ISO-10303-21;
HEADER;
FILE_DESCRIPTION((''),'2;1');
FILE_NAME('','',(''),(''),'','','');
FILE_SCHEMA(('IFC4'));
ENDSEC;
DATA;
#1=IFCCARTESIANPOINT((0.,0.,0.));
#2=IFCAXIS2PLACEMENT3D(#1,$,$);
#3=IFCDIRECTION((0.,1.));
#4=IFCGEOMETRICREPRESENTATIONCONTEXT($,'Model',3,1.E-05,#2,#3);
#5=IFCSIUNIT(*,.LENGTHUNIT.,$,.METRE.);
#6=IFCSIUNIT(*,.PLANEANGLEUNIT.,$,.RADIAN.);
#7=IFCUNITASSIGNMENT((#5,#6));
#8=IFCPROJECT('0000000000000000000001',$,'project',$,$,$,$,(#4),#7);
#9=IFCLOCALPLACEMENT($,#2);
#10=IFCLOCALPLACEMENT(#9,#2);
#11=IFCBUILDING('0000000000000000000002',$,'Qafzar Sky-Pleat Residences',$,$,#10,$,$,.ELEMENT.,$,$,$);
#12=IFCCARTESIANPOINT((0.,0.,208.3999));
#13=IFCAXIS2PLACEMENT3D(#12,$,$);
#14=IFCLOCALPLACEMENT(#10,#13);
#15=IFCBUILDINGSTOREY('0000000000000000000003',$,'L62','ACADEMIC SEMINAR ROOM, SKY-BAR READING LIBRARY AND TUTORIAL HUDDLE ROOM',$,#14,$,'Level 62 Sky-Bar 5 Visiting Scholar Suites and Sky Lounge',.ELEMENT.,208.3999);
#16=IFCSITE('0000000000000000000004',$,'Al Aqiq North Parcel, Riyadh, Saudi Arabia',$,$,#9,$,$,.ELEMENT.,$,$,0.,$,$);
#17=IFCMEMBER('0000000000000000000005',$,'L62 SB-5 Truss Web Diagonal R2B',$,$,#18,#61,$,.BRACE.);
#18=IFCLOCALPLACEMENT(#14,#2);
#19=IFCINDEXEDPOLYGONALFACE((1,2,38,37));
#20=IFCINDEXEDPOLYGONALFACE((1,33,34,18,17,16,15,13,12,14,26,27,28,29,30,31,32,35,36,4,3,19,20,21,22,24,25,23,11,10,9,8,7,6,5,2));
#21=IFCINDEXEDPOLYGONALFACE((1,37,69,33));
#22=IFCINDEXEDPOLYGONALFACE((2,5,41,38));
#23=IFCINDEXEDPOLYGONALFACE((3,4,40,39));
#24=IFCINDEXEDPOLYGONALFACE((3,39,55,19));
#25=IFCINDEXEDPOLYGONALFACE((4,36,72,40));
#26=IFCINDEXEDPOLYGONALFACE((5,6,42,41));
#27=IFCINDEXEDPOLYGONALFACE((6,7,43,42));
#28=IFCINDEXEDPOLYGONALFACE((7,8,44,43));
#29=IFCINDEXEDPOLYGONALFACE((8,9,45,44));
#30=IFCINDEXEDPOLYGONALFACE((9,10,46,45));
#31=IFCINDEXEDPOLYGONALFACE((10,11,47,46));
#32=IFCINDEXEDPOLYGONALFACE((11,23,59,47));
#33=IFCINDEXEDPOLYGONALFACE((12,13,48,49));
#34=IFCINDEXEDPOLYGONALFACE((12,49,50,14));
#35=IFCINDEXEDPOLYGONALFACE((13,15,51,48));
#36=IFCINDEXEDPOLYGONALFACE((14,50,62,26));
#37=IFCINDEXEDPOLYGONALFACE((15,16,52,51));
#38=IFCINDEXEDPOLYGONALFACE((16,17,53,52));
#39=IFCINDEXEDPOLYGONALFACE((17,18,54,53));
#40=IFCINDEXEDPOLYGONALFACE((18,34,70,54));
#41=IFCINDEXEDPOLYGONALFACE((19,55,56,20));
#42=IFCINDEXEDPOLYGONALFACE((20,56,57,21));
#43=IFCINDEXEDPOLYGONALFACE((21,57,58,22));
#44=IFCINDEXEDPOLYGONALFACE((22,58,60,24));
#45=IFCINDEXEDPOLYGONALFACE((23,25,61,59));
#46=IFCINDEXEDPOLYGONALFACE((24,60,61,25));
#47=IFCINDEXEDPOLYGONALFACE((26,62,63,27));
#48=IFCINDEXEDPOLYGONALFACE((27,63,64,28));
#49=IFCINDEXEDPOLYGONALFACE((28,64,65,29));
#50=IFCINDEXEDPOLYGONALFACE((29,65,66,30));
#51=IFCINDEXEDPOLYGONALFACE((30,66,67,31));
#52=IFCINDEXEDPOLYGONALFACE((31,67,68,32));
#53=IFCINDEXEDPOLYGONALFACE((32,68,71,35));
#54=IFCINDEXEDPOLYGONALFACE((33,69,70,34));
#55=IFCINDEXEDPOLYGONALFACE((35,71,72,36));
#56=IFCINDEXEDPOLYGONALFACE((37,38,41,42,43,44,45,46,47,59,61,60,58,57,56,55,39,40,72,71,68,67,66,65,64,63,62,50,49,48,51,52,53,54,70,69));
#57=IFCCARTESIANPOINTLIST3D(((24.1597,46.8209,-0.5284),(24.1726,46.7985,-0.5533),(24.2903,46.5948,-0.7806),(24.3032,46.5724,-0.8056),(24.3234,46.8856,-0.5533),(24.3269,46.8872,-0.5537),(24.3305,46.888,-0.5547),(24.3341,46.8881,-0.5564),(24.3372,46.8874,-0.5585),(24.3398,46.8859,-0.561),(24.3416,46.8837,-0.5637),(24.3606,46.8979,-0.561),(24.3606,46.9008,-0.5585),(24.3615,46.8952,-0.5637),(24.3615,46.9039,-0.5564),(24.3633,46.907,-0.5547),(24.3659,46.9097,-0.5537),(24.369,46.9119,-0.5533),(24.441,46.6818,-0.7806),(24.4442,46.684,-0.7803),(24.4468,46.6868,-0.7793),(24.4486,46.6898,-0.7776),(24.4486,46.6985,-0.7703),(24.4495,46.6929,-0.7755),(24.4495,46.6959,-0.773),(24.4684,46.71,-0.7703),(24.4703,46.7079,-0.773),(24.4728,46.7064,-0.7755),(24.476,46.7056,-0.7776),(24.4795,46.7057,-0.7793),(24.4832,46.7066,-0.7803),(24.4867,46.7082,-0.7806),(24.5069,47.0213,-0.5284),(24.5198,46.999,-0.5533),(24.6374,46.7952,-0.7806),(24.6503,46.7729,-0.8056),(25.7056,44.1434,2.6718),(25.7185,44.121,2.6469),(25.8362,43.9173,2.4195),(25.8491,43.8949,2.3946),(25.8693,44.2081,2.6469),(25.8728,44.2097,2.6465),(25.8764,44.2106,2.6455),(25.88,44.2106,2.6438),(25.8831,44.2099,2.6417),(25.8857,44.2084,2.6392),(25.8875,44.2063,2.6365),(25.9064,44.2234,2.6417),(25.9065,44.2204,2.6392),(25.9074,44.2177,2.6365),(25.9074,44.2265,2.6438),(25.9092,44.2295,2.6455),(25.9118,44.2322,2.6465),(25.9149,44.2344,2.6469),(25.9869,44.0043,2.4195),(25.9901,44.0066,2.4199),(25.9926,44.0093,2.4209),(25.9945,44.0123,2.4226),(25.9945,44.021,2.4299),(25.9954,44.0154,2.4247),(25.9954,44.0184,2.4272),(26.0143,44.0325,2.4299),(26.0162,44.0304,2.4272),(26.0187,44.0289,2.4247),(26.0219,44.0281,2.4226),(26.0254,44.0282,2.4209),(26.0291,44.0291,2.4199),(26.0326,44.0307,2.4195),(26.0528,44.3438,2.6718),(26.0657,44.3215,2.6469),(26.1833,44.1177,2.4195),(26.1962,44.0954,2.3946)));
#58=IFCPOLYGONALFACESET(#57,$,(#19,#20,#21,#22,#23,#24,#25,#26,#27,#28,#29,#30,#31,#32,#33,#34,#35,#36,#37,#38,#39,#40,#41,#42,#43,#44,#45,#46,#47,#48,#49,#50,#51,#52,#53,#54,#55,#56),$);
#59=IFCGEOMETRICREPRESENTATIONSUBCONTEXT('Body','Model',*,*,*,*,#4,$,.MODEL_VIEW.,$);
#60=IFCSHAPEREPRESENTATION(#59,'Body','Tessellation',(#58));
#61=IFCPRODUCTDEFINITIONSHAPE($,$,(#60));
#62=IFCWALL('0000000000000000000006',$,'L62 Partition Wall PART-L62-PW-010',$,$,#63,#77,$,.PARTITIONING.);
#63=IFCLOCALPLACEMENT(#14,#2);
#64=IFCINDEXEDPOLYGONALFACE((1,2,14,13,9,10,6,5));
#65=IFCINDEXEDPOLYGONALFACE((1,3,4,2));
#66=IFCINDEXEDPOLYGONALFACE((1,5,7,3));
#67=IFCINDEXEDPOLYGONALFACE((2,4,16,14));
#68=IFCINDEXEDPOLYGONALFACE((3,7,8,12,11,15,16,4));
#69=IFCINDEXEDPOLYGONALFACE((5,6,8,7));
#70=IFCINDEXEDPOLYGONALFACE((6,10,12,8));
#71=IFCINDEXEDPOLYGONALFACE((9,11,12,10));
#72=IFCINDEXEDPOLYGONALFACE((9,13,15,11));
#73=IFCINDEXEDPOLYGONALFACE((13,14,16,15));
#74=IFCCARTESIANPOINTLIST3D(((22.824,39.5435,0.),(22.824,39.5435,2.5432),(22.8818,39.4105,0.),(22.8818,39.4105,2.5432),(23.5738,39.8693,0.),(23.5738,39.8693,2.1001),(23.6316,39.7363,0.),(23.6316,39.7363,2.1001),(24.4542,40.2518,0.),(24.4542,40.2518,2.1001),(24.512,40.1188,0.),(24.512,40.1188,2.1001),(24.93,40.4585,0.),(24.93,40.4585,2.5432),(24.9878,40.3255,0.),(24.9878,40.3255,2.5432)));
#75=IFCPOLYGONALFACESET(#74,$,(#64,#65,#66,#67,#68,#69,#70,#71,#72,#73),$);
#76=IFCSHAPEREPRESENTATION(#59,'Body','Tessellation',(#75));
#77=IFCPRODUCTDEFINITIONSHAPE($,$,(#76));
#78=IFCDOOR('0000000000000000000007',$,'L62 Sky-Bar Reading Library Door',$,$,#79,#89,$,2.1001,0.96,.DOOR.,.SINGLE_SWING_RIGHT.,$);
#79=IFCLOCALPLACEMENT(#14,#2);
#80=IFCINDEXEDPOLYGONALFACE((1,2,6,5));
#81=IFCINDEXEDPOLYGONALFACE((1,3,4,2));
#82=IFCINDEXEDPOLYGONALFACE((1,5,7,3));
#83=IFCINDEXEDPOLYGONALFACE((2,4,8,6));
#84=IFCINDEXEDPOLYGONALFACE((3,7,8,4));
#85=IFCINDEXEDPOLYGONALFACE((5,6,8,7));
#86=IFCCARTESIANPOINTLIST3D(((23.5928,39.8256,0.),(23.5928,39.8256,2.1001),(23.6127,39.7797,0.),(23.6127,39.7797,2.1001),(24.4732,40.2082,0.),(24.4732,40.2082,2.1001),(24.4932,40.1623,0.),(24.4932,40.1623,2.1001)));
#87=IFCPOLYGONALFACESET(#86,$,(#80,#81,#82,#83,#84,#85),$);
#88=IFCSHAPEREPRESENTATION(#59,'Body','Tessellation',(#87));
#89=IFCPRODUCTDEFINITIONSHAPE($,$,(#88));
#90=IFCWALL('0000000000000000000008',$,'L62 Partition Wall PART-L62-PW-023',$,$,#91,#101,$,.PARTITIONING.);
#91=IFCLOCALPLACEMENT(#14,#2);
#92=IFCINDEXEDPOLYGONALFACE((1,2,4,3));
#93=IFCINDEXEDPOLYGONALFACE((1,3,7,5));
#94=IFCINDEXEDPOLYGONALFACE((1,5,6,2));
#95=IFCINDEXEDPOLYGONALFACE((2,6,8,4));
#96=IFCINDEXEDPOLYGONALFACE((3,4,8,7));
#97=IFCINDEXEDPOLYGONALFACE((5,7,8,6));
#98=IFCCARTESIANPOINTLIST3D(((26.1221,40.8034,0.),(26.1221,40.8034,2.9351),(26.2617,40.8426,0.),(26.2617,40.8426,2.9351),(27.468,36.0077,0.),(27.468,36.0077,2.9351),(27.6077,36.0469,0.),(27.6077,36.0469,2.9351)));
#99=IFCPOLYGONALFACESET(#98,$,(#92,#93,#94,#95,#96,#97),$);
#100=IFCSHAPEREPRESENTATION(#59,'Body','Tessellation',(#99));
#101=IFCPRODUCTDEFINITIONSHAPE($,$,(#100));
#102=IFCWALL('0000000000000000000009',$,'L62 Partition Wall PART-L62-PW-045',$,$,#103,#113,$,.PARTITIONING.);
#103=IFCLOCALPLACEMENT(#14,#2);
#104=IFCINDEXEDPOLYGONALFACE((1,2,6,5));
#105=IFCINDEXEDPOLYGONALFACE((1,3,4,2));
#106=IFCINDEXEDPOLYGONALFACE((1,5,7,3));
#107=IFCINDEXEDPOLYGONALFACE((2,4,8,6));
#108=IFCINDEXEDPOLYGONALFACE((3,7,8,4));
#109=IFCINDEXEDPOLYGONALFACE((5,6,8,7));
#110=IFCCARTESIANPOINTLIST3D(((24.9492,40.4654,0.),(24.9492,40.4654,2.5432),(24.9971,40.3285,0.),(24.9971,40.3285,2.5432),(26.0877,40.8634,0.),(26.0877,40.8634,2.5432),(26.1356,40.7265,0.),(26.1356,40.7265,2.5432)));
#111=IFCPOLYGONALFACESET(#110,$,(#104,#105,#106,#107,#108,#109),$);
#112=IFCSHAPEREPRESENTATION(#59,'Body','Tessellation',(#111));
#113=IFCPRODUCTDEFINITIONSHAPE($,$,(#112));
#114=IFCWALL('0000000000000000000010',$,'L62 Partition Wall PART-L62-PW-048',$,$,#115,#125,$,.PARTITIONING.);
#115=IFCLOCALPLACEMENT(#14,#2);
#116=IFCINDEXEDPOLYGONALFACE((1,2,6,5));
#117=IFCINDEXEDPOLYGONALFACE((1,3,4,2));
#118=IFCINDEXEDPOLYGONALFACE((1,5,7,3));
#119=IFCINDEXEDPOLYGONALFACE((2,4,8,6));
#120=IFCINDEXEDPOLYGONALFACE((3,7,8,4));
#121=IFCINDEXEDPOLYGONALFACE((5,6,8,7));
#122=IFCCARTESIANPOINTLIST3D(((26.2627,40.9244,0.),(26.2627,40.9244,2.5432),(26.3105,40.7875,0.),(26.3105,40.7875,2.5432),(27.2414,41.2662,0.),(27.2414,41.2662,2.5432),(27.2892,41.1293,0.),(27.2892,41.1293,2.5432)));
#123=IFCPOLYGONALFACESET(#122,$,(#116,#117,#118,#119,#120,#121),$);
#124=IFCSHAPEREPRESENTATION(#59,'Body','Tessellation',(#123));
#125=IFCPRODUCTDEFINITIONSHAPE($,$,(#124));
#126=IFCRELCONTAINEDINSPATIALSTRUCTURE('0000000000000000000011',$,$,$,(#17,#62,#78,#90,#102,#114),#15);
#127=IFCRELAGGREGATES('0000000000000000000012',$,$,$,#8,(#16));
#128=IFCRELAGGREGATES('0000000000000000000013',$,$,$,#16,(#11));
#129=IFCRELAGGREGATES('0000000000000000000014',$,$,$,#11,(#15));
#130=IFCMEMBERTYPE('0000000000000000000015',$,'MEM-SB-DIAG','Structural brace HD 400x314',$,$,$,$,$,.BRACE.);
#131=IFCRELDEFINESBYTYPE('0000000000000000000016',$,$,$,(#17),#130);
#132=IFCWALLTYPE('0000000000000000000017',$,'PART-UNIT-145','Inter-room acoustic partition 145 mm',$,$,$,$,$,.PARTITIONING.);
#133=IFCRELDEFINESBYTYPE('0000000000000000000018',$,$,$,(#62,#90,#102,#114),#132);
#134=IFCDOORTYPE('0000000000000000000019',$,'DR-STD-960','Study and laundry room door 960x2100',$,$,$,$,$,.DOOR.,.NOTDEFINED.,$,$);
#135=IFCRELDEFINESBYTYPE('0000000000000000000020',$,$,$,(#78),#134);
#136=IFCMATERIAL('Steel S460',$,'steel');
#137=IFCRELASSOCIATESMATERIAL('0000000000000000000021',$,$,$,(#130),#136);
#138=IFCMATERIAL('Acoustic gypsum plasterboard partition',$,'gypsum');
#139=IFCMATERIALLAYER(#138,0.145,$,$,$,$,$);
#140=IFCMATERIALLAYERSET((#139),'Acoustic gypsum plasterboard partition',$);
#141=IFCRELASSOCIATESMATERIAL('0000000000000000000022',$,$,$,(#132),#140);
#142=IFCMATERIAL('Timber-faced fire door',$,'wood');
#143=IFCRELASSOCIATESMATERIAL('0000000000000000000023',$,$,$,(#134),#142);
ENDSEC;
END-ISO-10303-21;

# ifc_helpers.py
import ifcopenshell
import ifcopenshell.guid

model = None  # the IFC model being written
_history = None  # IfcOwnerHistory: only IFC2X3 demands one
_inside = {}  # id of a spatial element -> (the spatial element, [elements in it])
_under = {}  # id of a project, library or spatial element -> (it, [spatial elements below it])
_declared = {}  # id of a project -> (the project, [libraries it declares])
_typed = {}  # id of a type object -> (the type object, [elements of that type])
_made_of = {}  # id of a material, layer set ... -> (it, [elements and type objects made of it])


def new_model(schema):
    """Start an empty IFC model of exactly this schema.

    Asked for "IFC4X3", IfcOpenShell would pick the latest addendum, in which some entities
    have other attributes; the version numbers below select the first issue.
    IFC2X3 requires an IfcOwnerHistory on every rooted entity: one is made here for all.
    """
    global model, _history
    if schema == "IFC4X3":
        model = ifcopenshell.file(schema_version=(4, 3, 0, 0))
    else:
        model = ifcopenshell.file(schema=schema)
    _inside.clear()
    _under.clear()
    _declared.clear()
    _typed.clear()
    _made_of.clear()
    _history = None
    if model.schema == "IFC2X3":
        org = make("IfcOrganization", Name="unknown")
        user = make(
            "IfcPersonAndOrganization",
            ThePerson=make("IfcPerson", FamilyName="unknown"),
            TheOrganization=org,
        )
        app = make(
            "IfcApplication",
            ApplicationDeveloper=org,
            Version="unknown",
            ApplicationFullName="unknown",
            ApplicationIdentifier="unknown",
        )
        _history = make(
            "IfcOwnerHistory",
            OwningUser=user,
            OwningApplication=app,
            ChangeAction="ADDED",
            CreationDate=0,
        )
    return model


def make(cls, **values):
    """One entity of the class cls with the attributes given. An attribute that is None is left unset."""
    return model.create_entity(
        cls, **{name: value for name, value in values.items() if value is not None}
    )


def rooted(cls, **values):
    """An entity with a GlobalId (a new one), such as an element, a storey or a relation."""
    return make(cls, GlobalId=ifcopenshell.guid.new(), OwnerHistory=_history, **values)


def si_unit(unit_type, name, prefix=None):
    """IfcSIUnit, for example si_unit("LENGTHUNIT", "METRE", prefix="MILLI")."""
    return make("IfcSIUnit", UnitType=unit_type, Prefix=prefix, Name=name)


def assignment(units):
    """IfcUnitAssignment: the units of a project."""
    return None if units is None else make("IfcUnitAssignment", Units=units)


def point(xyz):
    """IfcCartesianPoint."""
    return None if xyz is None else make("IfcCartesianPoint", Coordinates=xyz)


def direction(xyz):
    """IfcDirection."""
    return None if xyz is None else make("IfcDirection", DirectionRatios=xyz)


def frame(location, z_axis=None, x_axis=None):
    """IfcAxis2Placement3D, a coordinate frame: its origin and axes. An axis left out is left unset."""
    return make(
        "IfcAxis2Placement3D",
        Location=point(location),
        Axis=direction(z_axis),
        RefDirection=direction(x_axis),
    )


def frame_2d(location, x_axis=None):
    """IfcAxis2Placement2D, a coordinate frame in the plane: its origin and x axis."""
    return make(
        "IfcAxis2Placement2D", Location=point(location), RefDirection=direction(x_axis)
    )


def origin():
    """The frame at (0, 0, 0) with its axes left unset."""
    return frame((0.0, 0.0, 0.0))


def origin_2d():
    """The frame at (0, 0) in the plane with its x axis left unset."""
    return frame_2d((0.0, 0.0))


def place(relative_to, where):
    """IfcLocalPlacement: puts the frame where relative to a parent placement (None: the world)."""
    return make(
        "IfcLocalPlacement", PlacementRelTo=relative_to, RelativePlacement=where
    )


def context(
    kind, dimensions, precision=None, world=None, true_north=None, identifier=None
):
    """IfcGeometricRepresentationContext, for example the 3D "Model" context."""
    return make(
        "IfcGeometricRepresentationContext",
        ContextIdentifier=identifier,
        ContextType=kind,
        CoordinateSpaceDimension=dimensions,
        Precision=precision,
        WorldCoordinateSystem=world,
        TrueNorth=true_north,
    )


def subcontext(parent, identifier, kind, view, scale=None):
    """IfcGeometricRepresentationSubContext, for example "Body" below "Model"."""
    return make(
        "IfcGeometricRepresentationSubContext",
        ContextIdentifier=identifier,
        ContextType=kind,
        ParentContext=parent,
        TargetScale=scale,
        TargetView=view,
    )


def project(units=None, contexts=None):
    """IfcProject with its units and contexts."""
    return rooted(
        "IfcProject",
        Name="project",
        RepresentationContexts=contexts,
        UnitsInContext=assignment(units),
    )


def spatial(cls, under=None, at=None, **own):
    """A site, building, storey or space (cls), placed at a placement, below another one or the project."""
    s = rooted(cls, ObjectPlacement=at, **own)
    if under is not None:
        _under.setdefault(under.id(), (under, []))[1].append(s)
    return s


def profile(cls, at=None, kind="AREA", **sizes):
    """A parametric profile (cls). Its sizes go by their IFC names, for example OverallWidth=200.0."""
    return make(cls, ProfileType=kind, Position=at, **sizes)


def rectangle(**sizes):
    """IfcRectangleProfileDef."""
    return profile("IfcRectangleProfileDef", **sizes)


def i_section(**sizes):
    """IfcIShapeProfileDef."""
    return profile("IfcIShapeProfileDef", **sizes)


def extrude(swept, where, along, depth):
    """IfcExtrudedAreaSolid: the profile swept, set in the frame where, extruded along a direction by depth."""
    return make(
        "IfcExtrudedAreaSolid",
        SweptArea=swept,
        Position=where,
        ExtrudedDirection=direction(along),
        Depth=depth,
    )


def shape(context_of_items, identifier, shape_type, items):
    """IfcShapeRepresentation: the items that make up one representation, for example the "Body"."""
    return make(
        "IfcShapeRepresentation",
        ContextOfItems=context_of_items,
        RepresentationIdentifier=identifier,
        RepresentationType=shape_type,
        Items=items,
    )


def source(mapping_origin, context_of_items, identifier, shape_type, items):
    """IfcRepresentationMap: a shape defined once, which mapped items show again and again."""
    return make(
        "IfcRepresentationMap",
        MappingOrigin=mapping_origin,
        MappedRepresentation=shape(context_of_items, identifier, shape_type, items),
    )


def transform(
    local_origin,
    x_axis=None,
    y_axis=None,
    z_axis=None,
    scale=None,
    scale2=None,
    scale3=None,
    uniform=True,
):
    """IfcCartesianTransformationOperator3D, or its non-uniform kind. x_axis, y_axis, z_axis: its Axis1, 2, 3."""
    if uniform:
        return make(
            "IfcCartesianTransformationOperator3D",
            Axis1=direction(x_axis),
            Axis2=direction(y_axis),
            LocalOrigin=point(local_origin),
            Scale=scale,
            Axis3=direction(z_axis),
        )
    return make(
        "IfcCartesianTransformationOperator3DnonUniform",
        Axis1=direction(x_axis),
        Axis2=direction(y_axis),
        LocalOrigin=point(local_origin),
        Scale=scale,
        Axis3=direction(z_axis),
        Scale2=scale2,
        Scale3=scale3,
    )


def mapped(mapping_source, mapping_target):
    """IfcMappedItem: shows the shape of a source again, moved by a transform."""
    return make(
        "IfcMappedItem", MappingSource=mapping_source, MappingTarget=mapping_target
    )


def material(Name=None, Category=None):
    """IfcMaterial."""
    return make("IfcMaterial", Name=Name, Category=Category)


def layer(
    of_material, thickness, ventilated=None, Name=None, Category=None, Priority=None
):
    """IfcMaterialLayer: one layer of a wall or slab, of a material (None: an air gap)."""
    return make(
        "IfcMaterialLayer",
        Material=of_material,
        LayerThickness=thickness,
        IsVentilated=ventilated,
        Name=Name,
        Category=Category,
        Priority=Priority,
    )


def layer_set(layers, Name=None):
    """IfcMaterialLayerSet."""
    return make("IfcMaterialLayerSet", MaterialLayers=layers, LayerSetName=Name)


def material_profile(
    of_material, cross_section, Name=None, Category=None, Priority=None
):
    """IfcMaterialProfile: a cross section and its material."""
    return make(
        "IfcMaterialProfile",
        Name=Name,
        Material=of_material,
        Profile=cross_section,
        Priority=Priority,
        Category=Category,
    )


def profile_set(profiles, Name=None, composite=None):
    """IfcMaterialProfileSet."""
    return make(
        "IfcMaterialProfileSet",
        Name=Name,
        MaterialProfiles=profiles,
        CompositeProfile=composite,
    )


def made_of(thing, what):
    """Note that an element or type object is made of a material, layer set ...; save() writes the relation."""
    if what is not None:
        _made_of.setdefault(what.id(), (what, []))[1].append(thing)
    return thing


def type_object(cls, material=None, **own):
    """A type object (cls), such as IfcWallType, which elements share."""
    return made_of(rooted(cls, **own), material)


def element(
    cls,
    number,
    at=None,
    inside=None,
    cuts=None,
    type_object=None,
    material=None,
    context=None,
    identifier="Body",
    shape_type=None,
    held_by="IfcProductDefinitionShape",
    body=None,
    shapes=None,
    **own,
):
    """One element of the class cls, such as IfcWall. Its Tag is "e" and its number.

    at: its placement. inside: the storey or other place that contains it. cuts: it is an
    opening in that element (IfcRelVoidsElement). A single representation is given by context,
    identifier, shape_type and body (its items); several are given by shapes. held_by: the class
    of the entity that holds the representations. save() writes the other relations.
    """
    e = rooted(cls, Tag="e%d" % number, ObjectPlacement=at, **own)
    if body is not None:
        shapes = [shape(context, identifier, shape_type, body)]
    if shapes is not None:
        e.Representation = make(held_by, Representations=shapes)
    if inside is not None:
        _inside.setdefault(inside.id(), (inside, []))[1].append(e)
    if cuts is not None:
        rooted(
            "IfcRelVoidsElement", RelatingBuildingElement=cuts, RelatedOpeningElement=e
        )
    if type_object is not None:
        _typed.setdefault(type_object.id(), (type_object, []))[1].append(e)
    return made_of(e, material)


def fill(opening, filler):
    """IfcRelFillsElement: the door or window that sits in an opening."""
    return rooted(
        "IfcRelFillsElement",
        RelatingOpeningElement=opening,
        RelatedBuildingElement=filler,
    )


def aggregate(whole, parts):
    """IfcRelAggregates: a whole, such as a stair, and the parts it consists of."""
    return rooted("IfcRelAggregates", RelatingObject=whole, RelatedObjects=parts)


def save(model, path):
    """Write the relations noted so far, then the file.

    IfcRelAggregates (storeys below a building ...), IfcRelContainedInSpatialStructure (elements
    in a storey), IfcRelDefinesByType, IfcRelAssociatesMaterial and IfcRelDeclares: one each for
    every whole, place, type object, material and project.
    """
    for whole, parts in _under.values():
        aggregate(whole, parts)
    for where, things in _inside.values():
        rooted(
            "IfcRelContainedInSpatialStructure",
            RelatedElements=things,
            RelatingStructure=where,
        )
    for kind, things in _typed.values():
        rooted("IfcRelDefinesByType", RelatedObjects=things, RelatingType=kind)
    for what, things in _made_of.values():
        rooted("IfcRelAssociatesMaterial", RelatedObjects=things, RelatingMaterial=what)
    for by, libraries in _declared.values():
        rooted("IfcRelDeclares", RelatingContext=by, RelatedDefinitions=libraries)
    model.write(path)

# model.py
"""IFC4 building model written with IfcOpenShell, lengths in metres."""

from ifc_helpers import new_model, si_unit, direction, frame, frame_2d, origin, origin_2d, place, context, subcontext, project, spatial, rectangle, i_section, extrude, source, transform, mapped, material, layer, layer_set, material_profile, profile_set, type_object, element, fill, save


model = new_model("IFC4")

# Units and contexts
model_context = context("Model", 3, precision=1e-05, world=origin(), true_north=direction((0.0, 1.0)))
body_context = subcontext(model_context, "Body", "Model", "MODEL_VIEW")
ifc_project = project(units=[si_unit("LENGTHUNIT", "METRE"), si_unit("PLANEANGLEUNIT", "RADIAN")], contexts=[model_context])

# Site, building, storey
site_placement = place(None, origin())
site = spatial("IfcSite", under=ifc_project, at=site_placement, Name="Al Aqiq North Parcel, Riyadh, Saudi Arabia", CompositionType="ELEMENT", RefElevation=0.0)
building_placement = place(site_placement, origin())
building = spatial("IfcBuilding", under=site, at=building_placement, Name="Qafzar Sky-Pleat Residences", CompositionType="ELEMENT")
storey_placement = place(building_placement, frame((0.0, 0.0, 208.3999)))
storey = spatial("IfcBuildingStorey", under=building, at=storey_placement, Name="L62", Description="ACADEMIC SEMINAR ROOM, SKY-BAR READING LIBRARY AND TUTORIAL HUDDLE ROOM", LongName="Level 62 Sky-Bar 5 Visiting Scholar Suites and Sky Lounge", CompositionType="ELEMENT", Elevation=208.3999)

# Shared definitions
ifc_material_1 = material(Name="Steel S460", Category="steel")

# Shared definitions
ifc_material_profile_1 = material_profile(ifc_material_1, i_section(OverallWidth=0.4009, OverallDepth=0.3989, WebThickness=0.0229, FlangeThickness=0.0359, FilletRadius=0.0149, at=origin_2d()), Name="HD 400x314")
ifc_profile_set_1 = profile_set([ifc_material_profile_1], Name="Steel S460")
member_type = type_object("IfcMemberType", Name="MEM-SB-DIAG", Description="Structural brace HD 400x314", PredefinedType="BRACE", material=ifc_profile_set_1)

# Member
shared_shape_1 = source(origin(), body_context, "Body", "SweptSolid", [
    extrude(i_section(OverallWidth=0.4009, OverallDepth=0.3989, WebThickness=0.0229, FlangeThickness=0.0359, FilletRadius=0.0149, at=origin_2d()), origin(), (0.0, 0.0, 1.0), 4.4497),
])
for number, where, z_axis, x_axis, name in (
    (1, (25.9509, 44.1194, 2.5332), (-0.347415, 0.601721, -0.71919), (-0.866019, -0.500012, 0.0), "L62 SB-5 Truss Web Diagonal R2B"),
):
    element("IfcMember", number, at=place(storey_placement, frame(where, z_axis=z_axis, x_axis=x_axis)), inside=storey, type_object=member_type, Name=name, PredefinedType="BRACE", context=body_context, shape_type="MappedRepresentation", body=[
        mapped(shared_shape_1, transform((0.0, 0.0, 0.0), x_axis=(1.0, 0.0, 0.0), y_axis=(0.0, 1.0, 0.0), z_axis=(0.0, 0.0, 1.0), scale=1.0)),
    ])

# Wall, opening, door
ifc_material_2 = material(Name="Acoustic gypsum plasterboard partition", Category="gypsum")
ifc_layer = layer(ifc_material_2, 0.145)
ifc_layer_set = layer_set([ifc_layer], Name="Acoustic gypsum plasterboard partition")
wall_type = type_object("IfcWallType", Name="PART-UNIT-145", Description="Inter-room acoustic partition 145 mm", PredefinedType="PARTITIONING", material=ifc_layer_set)
wall_1_placement = place(storey_placement, frame((22.853, 39.4771, 0.0), z_axis=(0.0, 0.0, 1.0), x_axis=(0.917165, 0.398508, 0.0)))
wall_1 = element("IfcWall", 2, at=wall_1_placement, inside=storey, type_object=wall_type, Name="L62 Partition Wall PART-L62-PW-010", PredefinedType="PARTITIONING", context=body_context, shape_type="SweptSolid", body=[
    extrude(rectangle(XDim=2.2961, YDim=0.145, at=frame_2d((1.1479, 0.0))), origin(), (0.0, 0.0, 1.0), 2.5432),
])
opening_placement = place(wall_1_placement, frame((0.8174, 0.0, 0.0)))
opening = element("IfcOpeningElement", 3, at=opening_placement, cuts=wall_1, PredefinedType="OPENING", context=body_context, shape_type="SweptSolid", body=[
    extrude(rectangle(XDim=0.96, YDim=2.1001, at=frame_2d((0.48, 1.05))), frame((0.0, 0.0825, 0.0), z_axis=(0.0, -1.0, 0.0), x_axis=(1.0, 0.0, 0.0)), (0.0, 0.0, 1.0), 0.165),
])
ifc_material_3 = material(Name="Timber-faced fire door", Category="wood")
door_type = type_object("IfcDoorType", Name="DR-STD-960", Description="Study and laundry room door 960x2100", OperationType="NOTDEFINED", PredefinedType="DOOR", material=ifc_material_3)
shared_shape_2 = source(origin(), body_context, "Body", "SweptSolid", [
    extrude(rectangle(XDim=0.96, YDim=2.1001, at=frame_2d((0.48, 1.05))), frame((0.0, 0.0249, 0.0), z_axis=(0.0, -1.0, 0.0), x_axis=(1.0, 0.0, 0.0)), (0.0, 0.0, 1.0), 0.05),
])
door_placement = place(opening_placement, origin())
door = element("IfcDoor", 4, at=door_placement, inside=storey, type_object=door_type, Name="L62 Sky-Bar Reading Library Door", OperationType="SINGLE_SWING_RIGHT", OverallHeight=2.1001, OverallWidth=0.96, PredefinedType="DOOR", context=body_context, shape_type="MappedRepresentation", body=[
    mapped(shared_shape_2, transform((0.0, 0.0, 0.0), x_axis=(1.0, 0.0, 0.0), y_axis=(0.0, 1.0, 0.0), z_axis=(0.0, 0.0, 1.0), scale=1.0)),
])
fill(opening, door)

# Walls
wall_2_placement = place(storey_placement, frame((26.1919, 40.823, 0.0), z_axis=(0.0, 0.0, 1.0), x_axis=(0.270219, -0.962799, 0.0)))
element("IfcWall", 5, at=wall_2_placement, inside=storey, type_object=wall_type, Name="L62 Partition Wall PART-L62-PW-023", PredefinedType="PARTITIONING", context=body_context, shape_type="SweptSolid", body=[
    extrude(rectangle(XDim=4.981, YDim=0.145, at=frame_2d((2.4905, 0.0))), origin(), (0.0, 0.0, 1.0), 2.9351),
])
wall_3_placement = place(storey_placement, frame((24.9731, 40.397, 0.0), z_axis=(0.0, 0.0, 1.0), x_axis=(0.943988, 0.329981, 0.0)))
element("IfcWall", 6, at=wall_3_placement, inside=storey, type_object=wall_type, Name="L62 Partition Wall PART-L62-PW-045", PredefinedType="PARTITIONING", context=body_context, shape_type="SweptSolid", body=[
    extrude(rectangle(XDim=1.2061, YDim=0.145, at=frame_2d((0.603, 0.0))), origin(), (0.0, 0.0, 1.0), 2.5432),
])
wall_4_placement = place(storey_placement, frame((26.2866, 40.856, 0.0), z_axis=(0.0, 0.0, 1.0), x_axis=(0.944089, 0.329689, 0.0)))
element("IfcWall", 7, at=wall_4_placement, inside=storey, type_object=wall_type, Name="L62 Partition Wall PART-L62-PW-048", PredefinedType="PARTITIONING", context=body_context, shape_type="SweptSolid", body=[
    extrude(rectangle(XDim=1.0366, YDim=0.145, at=frame_2d((0.5183, 0.0))), origin(), (0.0, 0.0, 1.0), 2.5432),
])

save(model, "model.ifc")
